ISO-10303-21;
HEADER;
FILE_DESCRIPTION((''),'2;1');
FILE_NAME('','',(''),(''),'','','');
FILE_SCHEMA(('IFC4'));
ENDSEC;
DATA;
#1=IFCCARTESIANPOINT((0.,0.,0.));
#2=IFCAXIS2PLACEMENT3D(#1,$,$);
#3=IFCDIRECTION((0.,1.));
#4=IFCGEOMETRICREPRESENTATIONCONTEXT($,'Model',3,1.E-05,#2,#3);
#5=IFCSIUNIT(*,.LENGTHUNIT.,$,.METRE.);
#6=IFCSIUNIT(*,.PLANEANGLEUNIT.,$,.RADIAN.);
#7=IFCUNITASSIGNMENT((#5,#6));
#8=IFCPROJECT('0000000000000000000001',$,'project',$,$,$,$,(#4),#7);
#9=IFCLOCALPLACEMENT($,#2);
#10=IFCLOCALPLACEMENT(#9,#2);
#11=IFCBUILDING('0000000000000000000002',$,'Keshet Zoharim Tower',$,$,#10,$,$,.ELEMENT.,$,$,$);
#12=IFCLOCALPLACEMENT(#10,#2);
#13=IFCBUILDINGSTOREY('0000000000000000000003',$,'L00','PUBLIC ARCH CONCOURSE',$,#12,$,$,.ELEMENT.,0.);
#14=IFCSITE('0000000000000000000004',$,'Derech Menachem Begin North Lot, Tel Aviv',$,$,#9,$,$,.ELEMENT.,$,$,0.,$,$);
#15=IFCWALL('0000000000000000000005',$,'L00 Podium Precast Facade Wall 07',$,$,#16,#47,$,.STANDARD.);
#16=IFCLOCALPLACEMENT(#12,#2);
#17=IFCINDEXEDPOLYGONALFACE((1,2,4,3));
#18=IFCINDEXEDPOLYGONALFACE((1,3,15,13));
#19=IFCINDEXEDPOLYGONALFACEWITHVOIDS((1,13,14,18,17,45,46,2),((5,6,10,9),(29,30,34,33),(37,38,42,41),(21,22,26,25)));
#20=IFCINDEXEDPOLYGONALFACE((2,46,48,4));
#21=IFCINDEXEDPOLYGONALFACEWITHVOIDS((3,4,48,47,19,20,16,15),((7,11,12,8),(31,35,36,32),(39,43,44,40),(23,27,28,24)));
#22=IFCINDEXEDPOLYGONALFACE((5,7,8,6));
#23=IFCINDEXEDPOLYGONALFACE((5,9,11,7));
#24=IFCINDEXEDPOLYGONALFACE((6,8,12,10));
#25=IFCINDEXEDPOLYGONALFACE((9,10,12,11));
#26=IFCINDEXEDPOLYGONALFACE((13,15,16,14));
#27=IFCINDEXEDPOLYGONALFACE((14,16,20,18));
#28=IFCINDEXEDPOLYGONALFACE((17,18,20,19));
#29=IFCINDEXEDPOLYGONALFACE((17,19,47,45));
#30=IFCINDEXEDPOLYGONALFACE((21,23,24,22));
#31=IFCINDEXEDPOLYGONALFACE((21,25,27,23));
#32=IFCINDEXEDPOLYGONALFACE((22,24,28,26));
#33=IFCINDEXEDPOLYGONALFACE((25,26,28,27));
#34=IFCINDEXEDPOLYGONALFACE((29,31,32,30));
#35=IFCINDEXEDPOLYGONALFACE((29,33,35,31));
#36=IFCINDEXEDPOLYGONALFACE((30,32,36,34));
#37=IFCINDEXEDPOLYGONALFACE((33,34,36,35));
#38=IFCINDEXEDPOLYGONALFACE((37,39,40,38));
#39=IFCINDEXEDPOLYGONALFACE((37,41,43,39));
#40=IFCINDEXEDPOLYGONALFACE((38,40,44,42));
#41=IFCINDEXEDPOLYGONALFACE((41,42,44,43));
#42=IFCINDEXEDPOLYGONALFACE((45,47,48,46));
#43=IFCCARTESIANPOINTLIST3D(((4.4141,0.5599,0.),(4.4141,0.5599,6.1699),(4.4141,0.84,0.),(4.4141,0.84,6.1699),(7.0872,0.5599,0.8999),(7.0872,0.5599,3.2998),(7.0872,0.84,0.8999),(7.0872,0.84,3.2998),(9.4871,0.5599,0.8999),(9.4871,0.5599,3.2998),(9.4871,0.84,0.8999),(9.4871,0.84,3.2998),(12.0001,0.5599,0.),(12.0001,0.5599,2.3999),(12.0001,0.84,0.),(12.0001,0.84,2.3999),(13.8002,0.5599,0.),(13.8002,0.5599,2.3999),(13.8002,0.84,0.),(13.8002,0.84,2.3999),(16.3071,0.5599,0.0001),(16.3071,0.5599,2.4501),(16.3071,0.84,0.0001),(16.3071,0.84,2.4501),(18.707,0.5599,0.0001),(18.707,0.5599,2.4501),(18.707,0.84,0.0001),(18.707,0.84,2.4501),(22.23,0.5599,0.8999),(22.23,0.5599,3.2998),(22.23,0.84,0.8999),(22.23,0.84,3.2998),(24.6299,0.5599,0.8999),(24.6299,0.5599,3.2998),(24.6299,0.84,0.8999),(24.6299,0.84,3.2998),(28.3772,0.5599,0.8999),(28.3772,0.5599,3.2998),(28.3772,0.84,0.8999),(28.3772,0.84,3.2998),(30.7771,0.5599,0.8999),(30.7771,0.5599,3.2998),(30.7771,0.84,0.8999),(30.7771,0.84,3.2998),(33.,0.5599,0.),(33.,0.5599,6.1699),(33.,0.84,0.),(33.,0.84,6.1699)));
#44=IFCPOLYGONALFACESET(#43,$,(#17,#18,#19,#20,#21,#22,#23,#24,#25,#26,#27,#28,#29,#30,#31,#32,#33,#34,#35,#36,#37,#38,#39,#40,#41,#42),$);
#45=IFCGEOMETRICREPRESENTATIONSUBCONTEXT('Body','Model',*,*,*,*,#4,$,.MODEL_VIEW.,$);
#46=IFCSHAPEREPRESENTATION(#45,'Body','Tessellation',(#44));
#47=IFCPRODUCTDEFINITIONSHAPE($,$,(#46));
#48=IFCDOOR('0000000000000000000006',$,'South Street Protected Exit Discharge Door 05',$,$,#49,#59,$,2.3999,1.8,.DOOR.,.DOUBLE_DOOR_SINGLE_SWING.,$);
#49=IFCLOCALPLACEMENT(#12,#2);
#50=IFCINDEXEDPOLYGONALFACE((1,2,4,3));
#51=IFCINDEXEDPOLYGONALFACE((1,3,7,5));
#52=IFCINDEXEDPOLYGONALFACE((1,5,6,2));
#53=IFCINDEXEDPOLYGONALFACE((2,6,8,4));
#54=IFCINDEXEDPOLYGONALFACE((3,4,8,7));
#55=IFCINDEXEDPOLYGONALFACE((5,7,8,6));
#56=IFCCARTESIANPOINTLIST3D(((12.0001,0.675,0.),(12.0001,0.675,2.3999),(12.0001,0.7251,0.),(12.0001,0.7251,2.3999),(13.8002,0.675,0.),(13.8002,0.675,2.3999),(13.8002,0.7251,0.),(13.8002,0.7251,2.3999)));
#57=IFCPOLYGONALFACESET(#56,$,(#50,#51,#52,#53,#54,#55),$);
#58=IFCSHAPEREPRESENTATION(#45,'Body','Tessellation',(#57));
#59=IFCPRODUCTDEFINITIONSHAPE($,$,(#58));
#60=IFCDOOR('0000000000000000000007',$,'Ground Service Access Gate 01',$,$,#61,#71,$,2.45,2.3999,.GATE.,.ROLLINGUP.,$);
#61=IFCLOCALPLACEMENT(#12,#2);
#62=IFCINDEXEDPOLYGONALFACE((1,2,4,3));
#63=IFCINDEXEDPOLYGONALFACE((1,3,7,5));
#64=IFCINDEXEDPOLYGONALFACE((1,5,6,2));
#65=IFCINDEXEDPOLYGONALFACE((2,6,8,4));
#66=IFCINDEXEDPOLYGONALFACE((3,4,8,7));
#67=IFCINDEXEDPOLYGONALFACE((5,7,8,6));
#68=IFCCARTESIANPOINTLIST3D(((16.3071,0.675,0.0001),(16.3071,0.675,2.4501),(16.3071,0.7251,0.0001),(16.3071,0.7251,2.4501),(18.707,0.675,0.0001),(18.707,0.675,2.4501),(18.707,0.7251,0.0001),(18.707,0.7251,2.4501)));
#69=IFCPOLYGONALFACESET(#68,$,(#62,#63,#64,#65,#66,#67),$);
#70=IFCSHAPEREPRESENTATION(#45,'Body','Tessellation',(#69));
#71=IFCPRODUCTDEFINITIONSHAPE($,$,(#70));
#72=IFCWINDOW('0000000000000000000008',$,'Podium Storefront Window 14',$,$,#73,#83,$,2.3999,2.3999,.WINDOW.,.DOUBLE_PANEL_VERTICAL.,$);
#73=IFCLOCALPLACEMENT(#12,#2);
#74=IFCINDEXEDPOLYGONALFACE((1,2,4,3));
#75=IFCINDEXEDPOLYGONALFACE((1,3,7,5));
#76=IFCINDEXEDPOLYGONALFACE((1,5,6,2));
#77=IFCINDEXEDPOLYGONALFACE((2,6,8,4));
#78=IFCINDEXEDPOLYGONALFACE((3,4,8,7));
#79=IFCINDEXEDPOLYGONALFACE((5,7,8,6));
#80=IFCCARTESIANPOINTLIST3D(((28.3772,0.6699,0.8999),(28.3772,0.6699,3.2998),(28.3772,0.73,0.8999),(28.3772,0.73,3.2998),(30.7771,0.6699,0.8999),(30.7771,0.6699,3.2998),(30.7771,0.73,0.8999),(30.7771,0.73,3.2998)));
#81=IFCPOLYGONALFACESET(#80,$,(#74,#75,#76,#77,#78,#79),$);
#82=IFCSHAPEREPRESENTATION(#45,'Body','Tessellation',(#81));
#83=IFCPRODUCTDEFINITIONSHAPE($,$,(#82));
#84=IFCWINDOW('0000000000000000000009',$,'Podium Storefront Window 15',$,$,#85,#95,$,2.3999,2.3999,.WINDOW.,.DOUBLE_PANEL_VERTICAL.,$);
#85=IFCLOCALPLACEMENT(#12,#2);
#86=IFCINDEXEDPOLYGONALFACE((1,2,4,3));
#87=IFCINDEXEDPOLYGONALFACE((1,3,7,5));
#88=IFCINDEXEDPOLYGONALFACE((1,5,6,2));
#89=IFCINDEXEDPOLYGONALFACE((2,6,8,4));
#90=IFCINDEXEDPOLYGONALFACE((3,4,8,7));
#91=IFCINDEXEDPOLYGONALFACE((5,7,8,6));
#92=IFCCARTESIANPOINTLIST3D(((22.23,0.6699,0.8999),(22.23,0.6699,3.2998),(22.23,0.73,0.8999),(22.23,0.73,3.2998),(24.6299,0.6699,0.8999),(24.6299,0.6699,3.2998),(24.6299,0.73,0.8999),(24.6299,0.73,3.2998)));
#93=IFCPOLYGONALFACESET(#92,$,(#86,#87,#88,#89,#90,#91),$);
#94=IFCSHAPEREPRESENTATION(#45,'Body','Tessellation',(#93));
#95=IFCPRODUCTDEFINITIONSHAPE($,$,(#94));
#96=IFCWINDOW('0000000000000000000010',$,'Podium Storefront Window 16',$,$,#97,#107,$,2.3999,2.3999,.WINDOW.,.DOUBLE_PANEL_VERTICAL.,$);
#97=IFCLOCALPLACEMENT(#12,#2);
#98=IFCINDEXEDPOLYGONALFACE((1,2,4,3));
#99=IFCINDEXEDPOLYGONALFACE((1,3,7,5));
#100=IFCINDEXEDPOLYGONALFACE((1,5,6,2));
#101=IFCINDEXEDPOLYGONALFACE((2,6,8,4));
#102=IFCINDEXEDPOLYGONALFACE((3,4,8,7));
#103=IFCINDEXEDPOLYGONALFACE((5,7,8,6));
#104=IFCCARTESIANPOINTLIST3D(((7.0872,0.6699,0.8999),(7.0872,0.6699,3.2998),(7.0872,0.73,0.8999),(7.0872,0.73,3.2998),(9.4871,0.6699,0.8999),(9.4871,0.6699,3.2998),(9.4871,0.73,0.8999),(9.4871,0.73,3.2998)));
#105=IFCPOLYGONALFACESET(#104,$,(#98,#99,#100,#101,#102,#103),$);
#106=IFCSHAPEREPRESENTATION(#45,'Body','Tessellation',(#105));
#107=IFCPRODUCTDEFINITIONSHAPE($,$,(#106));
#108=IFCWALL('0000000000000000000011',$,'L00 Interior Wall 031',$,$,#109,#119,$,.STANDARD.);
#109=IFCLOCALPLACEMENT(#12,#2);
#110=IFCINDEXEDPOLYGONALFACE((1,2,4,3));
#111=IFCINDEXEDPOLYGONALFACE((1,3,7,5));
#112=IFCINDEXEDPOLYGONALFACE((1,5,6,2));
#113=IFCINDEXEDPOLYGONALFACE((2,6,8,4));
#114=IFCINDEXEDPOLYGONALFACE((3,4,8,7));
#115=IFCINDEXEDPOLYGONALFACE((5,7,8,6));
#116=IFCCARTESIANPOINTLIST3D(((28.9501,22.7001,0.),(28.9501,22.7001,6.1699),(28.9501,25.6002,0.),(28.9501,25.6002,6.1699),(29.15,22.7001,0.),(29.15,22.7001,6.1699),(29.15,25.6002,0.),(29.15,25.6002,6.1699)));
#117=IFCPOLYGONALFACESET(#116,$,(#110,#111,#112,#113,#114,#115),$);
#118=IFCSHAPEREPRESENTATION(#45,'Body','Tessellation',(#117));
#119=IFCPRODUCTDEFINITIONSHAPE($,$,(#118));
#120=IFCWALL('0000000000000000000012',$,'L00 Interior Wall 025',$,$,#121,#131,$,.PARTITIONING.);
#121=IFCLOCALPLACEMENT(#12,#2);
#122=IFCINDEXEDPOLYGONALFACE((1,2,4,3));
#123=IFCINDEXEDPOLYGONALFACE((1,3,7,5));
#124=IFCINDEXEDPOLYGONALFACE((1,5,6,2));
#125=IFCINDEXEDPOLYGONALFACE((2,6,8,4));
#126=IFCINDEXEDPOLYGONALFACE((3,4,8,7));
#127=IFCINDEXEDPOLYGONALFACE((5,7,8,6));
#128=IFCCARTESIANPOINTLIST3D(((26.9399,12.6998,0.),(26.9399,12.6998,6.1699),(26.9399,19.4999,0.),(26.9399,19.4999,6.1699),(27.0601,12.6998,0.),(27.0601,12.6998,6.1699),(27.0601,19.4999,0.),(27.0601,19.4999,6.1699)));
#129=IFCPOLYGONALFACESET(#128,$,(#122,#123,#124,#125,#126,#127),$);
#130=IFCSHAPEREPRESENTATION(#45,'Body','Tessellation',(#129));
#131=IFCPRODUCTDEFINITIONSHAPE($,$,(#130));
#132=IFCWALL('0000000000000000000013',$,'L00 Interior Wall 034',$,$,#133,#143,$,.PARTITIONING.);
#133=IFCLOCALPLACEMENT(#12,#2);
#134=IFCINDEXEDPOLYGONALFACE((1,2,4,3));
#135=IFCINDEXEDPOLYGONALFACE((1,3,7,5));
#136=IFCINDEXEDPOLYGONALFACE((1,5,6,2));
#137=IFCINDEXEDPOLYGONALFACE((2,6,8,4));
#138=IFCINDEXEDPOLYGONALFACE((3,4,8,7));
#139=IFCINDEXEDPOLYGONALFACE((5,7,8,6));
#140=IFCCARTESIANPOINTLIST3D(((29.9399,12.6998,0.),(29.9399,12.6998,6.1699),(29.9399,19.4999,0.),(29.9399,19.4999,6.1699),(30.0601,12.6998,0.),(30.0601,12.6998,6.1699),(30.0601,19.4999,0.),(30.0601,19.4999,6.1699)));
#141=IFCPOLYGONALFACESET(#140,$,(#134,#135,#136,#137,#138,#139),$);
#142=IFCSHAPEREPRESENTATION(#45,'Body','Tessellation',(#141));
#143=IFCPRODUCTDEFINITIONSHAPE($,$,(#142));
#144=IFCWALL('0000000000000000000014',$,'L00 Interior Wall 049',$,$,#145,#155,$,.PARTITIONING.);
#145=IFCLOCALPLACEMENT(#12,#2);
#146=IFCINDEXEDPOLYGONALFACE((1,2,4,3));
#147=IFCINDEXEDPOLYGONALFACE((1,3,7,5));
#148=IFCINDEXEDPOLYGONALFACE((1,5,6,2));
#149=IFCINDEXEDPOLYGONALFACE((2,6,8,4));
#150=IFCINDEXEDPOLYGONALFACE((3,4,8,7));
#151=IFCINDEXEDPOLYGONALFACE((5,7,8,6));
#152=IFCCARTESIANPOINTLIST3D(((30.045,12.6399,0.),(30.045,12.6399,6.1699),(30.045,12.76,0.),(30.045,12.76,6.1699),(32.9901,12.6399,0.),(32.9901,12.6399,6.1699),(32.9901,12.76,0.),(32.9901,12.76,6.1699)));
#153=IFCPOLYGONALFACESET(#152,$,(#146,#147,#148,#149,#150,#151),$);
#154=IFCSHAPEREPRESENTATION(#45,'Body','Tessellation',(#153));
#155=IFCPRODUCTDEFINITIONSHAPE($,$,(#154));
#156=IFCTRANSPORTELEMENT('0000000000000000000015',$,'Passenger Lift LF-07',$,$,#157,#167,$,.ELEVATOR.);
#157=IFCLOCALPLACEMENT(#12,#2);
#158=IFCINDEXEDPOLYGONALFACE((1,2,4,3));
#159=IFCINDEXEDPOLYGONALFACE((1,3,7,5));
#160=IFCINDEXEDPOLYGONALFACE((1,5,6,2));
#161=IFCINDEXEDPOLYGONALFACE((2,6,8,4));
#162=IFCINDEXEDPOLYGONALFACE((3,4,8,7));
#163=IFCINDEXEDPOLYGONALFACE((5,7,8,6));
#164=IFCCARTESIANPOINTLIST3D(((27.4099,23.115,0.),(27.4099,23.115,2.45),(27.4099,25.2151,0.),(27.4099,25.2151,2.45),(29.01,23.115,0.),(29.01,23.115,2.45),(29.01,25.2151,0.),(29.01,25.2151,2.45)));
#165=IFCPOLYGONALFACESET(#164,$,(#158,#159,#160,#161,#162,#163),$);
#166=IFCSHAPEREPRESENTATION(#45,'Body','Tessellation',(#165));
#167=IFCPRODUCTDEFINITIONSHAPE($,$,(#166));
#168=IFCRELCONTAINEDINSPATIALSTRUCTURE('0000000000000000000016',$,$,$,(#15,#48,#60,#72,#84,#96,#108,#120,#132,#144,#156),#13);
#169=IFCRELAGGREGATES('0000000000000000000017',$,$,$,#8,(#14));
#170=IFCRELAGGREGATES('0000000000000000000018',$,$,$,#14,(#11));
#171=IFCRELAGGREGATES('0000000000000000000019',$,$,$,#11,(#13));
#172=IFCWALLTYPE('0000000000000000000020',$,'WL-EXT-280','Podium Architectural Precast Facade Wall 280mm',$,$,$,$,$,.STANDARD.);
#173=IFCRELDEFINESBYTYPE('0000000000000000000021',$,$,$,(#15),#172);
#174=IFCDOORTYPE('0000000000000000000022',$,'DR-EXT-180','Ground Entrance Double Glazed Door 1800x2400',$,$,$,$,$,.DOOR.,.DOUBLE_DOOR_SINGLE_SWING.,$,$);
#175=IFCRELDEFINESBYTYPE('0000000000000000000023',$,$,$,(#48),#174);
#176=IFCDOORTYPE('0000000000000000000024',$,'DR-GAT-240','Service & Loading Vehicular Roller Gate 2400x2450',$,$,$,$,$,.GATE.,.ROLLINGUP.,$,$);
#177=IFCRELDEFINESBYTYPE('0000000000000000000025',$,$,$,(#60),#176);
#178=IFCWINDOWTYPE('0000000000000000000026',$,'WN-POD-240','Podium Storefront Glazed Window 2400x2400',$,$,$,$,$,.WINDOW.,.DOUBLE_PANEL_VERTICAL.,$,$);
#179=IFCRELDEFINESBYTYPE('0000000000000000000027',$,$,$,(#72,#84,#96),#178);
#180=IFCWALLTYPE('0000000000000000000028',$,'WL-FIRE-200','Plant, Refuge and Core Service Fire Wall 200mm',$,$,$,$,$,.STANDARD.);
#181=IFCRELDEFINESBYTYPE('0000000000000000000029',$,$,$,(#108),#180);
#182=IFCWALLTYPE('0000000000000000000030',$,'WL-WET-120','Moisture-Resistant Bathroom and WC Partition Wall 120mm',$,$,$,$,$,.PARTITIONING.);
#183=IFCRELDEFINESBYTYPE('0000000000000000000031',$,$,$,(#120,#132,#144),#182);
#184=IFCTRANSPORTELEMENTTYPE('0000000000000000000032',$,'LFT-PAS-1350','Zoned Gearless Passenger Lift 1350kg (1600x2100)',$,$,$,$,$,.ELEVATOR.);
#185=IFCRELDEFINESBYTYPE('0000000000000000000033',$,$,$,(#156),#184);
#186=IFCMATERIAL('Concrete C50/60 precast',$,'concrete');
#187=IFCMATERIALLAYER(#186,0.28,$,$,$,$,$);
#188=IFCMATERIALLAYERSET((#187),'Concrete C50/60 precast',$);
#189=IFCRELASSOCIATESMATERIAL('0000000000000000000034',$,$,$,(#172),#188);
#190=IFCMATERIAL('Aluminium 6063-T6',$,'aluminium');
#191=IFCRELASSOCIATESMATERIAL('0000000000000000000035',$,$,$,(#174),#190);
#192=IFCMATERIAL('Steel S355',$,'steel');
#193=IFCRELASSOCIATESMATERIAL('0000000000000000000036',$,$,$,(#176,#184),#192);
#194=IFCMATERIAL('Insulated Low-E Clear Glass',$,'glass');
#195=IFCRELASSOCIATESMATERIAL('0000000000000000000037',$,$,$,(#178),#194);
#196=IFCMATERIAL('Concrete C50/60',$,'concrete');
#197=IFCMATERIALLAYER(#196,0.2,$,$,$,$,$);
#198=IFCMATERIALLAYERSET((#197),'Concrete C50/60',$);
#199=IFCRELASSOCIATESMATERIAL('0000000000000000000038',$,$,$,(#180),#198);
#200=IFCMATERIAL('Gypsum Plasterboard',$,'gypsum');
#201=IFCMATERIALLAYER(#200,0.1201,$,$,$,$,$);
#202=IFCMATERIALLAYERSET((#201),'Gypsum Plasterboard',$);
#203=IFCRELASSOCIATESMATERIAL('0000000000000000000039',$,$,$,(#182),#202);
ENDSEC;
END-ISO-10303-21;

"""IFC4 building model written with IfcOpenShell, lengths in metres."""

from ifc_helpers import new_model, si_unit, direction, frame, frame_2d, origin, origin_2d, place, context, subcontext, project, spatial, rectangle, extrude, material, layer, layer_set, type_object, element, fill, save


model = new_model("IFC4")

# Units and contexts
model_context = context("Model", 3, precision=1e-05, world=origin(), true_north=direction((0.0, 1.0)))
body_context = subcontext(model_context, "Body", "Model", "MODEL_VIEW")
ifc_project = project(units=[si_unit("LENGTHUNIT", "METRE"), si_unit("PLANEANGLEUNIT", "RADIAN")], contexts=[model_context])

# Site, building, storey
site_placement = place(None, origin())
site = spatial("IfcSite", under=ifc_project, at=site_placement, Name="Derech Menachem Begin North Lot, Tel Aviv", CompositionType="ELEMENT", RefElevation=0.0)
building_placement = place(site_placement, origin())
building = spatial("IfcBuilding", under=site, at=building_placement, Name="Keshet Zoharim Tower", CompositionType="ELEMENT")
storey_placement = place(building_placement, origin())
storey = spatial("IfcBuildingStorey", under=building, at=storey_placement, Name="L00", Description="PUBLIC ARCH CONCOURSE", CompositionType="ELEMENT", Elevation=0.0)

# Shared definitions
ifc_material_1 = material(Name="Steel S355", Category="steel")

# Shared definitions
ifc_material_2 = material(Name="Gypsum Plasterboard", Category="gypsum")

# Wall, openings, doors, windows
ifc_material_3 = material(Name="Concrete C50/60 precast", Category="concrete")
ifc_layer_1 = layer(ifc_material_3, 0.28)
ifc_layer_set_1 = layer_set([ifc_layer_1], Name="Concrete C50/60 precast")
wall_type_1 = type_object("IfcWallType", Name="WL-EXT-280", Description="Podium Architectural Precast Facade Wall 280mm", PredefinedType="STANDARD", material=ifc_layer_set_1)
wall_1_placement = place(storey_placement, frame((33.0, 0.7, 0.0), z_axis=(0.0, 0.0, 1.0), x_axis=(-1.0, 0.0, 0.0)))
wall_1 = element("IfcWall", 1, at=wall_1_placement, inside=storey, type_object=wall_type_1, Name="L00 Podium Precast Facade Wall 07", PredefinedType="STANDARD", context=body_context, shape_type="SweptSolid", body=[
    extrude(rectangle(XDim=28.5859, YDim=0.28, at=frame_2d((14.293, 0.0))), origin(), (0.0, 0.0, 1.0), 6.1699),
])
opening_1_placement = place(wall_1_placement, frame((19.2, 0.0, 0.0)))
opening_1 = element("IfcOpeningElement", 2, at=opening_1_placement, cuts=wall_1, PredefinedType="OPENING", context=body_context, shape_type="SweptSolid", body=[
    extrude(rectangle(XDim=1.8, YDim=2.3999, at=frame_2d((0.8999, 1.2))), frame((0.0, 0.1499, 0.0), z_axis=(0.0, -1.0, 0.0), x_axis=(1.0, 0.0, 0.0)), (0.0, 0.0, 1.0), 0.3),
])
opening_2_placement = place(wall_1_placement, frame((14.293, 0.0, 0.0)))
opening_2 = element("IfcOpeningElement", 3, at=opening_2_placement, cuts=wall_1, PredefinedType="OPENING", context=body_context, shape_type="SweptSolid", body=[
    extrude(rectangle(XDim=2.3999, YDim=2.45, at=frame_2d((1.2, 1.2251))), frame((0.0, 0.1499, 0.0), z_axis=(0.0, -1.0, 0.0), x_axis=(1.0, 0.0, 0.0)), (0.0, 0.0, 1.0), 0.3),
])
opening_3_placement = place(wall_1_placement, frame((2.2229, 0.0, 0.8999)))
opening_3 = element("IfcOpeningElement", 4, at=opening_3_placement, cuts=wall_1, PredefinedType="OPENING", context=body_context, shape_type="SweptSolid", body=[
    extrude(rectangle(XDim=2.3999, YDim=2.3999, at=frame_2d((1.2, 1.2))), frame((0.0, 0.1499, 0.0), z_axis=(0.0, -1.0, 0.0), x_axis=(1.0, 0.0, 0.0)), (0.0, 0.0, 1.0), 0.3),
])
opening_4_placement = place(wall_1_placement, frame((8.3701, 0.0, 0.8999)))
opening_4 = element("IfcOpeningElement", 5, at=opening_4_placement, cuts=wall_1, PredefinedType="OPENING", context=body_context, shape_type="SweptSolid", body=[
    extrude(rectangle(XDim=2.3999, YDim=2.3999, at=frame_2d((1.2, 1.2))), frame((0.0, 0.1499, 0.0), z_axis=(0.0, -1.0, 0.0), x_axis=(1.0, 0.0, 0.0)), (0.0, 0.0, 1.0), 0.3),
])
opening_5_placement = place(wall_1_placement, frame((23.5129, 0.0, 0.8999)))
opening_5 = element("IfcOpeningElement", 6, at=opening_5_placement, cuts=wall_1, PredefinedType="OPENING", context=body_context, shape_type="SweptSolid", body=[
    extrude(rectangle(XDim=2.3999, YDim=2.3999, at=frame_2d((1.2, 1.2))), frame((0.0, 0.1499, 0.0), z_axis=(0.0, -1.0, 0.0), x_axis=(1.0, 0.0, 0.0)), (0.0, 0.0, 1.0), 0.3),
])
ifc_material_4 = material(Name="Aluminium 6063-T6", Category="aluminium")
door_type_1 = type_object("IfcDoorType", Name="DR-EXT-180", Description="Ground Entrance Double Glazed Door 1800x2400", OperationType="DOUBLE_DOOR_SINGLE_SWING", PredefinedType="DOOR", material=ifc_material_4)
door_1_placement = place(opening_1_placement, origin())
door_1 = element("IfcDoor", 7, at=door_1_placement, inside=storey, type_object=door_type_1, Name="South Street Protected Exit Discharge Door 05", OperationType="DOUBLE_DOOR_SINGLE_SWING", OverallHeight=2.3999, OverallWidth=1.8, PredefinedType="DOOR", context=body_context, shape_type="SweptSolid", body=[
    extrude(rectangle(XDim=1.8, YDim=2.3999, at=frame_2d((0.8999, 1.2))), frame((0.0, 0.0249, 0.0), z_axis=(0.0, -1.0, 0.0), x_axis=(1.0, 0.0, 0.0)), (0.0, 0.0, 1.0), 0.05),
])
fill(opening_1, door_1)
door_type_2 = type_object("IfcDoorType", Name="DR-GAT-240", Description="Service & Loading Vehicular Roller Gate 2400x2450", OperationType="ROLLINGUP", PredefinedType="GATE", material=ifc_material_1)
door_2_placement = place(opening_2_placement, origin())
door_2 = element("IfcDoor", 8, at=door_2_placement, inside=storey, type_object=door_type_2, Name="Ground Service Access Gate 01", OperationType="ROLLINGUP", OverallHeight=2.45, OverallWidth=2.3999, PredefinedType="GATE", context=body_context, shape_type="SweptSolid", body=[
    extrude(rectangle(XDim=2.3999, YDim=2.45, at=frame_2d((1.2, 1.2251))), frame((0.0, 0.0249, 0.0), z_axis=(0.0, -1.0, 0.0), x_axis=(1.0, 0.0, 0.0)), (0.0, 0.0, 1.0), 0.05),
])
fill(opening_2, door_2)
ifc_material_5 = material(Name="Insulated Low-E Clear Glass", Category="glass")
window_type = type_object("IfcWindowType", Name="WN-POD-240", Description="Podium Storefront Glazed Window 2400x2400", PartitioningType="DOUBLE_PANEL_VERTICAL", PredefinedType="WINDOW", material=ifc_material_5)
window_1_placement = place(opening_3_placement, origin())
window_1 = element("IfcWindow", 9, at=window_1_placement, inside=storey, type_object=window_type, Name="Podium Storefront Window 14", OverallHeight=2.3999, OverallWidth=2.3999, PartitioningType="DOUBLE_PANEL_VERTICAL", PredefinedType="WINDOW", context=body_context, shape_type="SweptSolid", body=[
    extrude(rectangle(XDim=2.3999, YDim=2.3999, at=frame_2d((1.2, 1.2))), frame((0.0, 0.03, 0.0), z_axis=(0.0, -1.0, 0.0), x_axis=(1.0, 0.0, 0.0)), (0.0, 0.0, 1.0), 0.0601),
])
fill(opening_3, window_1)
window_2_placement = place(opening_4_placement, origin())
window_2 = element("IfcWindow", 10, at=window_2_placement, inside=storey, type_object=window_type, Name="Podium Storefront Window 15", OverallHeight=2.3999, OverallWidth=2.3999, PartitioningType="DOUBLE_PANEL_VERTICAL", PredefinedType="WINDOW", context=body_context, shape_type="SweptSolid", body=[
    extrude(rectangle(XDim=2.3999, YDim=2.3999, at=frame_2d((1.2, 1.2))), frame((0.0, 0.03, 0.0), z_axis=(0.0, -1.0, 0.0), x_axis=(1.0, 0.0, 0.0)), (0.0, 0.0, 1.0), 0.0601),
])
fill(opening_4, window_2)
window_3_placement = place(opening_5_placement, origin())
window_3 = element("IfcWindow", 11, at=window_3_placement, inside=storey, type_object=window_type, Name="Podium Storefront Window 16", OverallHeight=2.3999, OverallWidth=2.3999, PartitioningType="DOUBLE_PANEL_VERTICAL", PredefinedType="WINDOW", context=body_context, shape_type="SweptSolid", body=[
    extrude(rectangle(XDim=2.3999, YDim=2.3999, at=frame_2d((1.2, 1.2))), frame((0.0, 0.03, 0.0), z_axis=(0.0, -1.0, 0.0), x_axis=(1.0, 0.0, 0.0)), (0.0, 0.0, 1.0), 0.0601),
])
fill(opening_5, window_3)

# Walls
ifc_material_6 = material(Name="Concrete C50/60", Category="concrete")
ifc_layer_2 = layer(ifc_material_6, 0.2)
ifc_layer_set_2 = layer_set([ifc_layer_2], Name="Concrete C50/60")
wall_type_2 = type_object("IfcWallType", Name="WL-FIRE-200", Description="Plant, Refuge and Core Service Fire Wall 200mm", PredefinedType="STANDARD", material=ifc_layer_set_2)
wall_2_placement = place(storey_placement, frame((29.05, 22.7, 0.0), z_axis=(0.0, 0.0, 1.0), x_axis=(0.0, 1.0, 0.0)))
element("IfcWall", 12, at=wall_2_placement, inside=storey, type_object=wall_type_2, Name="L00 Interior Wall 031", PredefinedType="STANDARD", context=body_context, shape_type="SweptSolid", body=[
    extrude(rectangle(XDim=2.9001, YDim=0.2, at=frame_2d((1.4502, 0.0))), origin(), (0.0, 0.0, 1.0), 6.1699),
])
ifc_layer_3 = layer(ifc_material_2, 0.1201)
ifc_layer_set_3 = layer_set([ifc_layer_3], Name="Gypsum Plasterboard")
wall_type_3 = type_object("IfcWallType", Name="WL-WET-120", Description="Moisture-Resistant Bathroom and WC Partition Wall 120mm", PredefinedType="PARTITIONING", material=ifc_layer_set_3)
for number, where, z_axis, x_axis, name in (
    (13, (27.0, 12.7, 0.0), (0.0, 0.0, 1.0), (0.0, 1.0, 0.0), "L00 Interior Wall 025"),
    (14, (30.0, 12.7, 0.0), (0.0, 0.0, 1.0), (0.0, 1.0, 0.0), "L00 Interior Wall 034"),
):
    element("IfcWall", number, at=place(storey_placement, frame(where, z_axis=z_axis, x_axis=x_axis)), inside=storey, type_object=wall_type_3, Name=name, PredefinedType="PARTITIONING", context=body_context, shape_type="SweptSolid", body=[
        extrude(rectangle(XDim=6.8, YDim=0.1201, at=frame_2d((3.3999, 0.0))), origin(), (0.0, 0.0, 1.0), 6.1699),
    ])
wall_3_placement = place(storey_placement, frame((30.0449, 12.7, 0.0), z_axis=(0.0, 0.0, 1.0), x_axis=(1.0, 0.0, 0.0)))
element("IfcWall", 15, at=wall_3_placement, inside=storey, type_object=wall_type_3, Name="L00 Interior Wall 049", PredefinedType="PARTITIONING", context=body_context, shape_type="SweptSolid", body=[
    extrude(rectangle(XDim=2.9451, YDim=0.1201, at=frame_2d((1.4727, 0.0))), origin(), (0.0, 0.0, 1.0), 6.1699),
])

# Transport element
transport_element_type = type_object("IfcTransportElementType", Name="LFT-PAS-1350", Description="Zoned Gearless Passenger Lift 1350kg (1600x2100)", PredefinedType="ELEVATOR", material=ifc_material_1)
for number, where, z_axis, x_axis, name in (
    (16, (28.21, 24.165, 0.0), (0.0, 0.0, 1.0), (1.0, 0.0, 0.0), "Passenger Lift LF-07"),
):
    element("IfcTransportElement", number, at=place(storey_placement, frame(where, z_axis=z_axis, x_axis=x_axis)), inside=storey, type_object=transport_element_type, Name=name, PredefinedType="ELEVATOR", context=body_context, shape_type="SweptSolid", body=[
        extrude(rectangle(XDim=1.6001, YDim=2.1001, at=origin_2d()), origin(), (0.0, 0.0, 1.0), 2.45),
    ])

save(model, "model.ifc")
